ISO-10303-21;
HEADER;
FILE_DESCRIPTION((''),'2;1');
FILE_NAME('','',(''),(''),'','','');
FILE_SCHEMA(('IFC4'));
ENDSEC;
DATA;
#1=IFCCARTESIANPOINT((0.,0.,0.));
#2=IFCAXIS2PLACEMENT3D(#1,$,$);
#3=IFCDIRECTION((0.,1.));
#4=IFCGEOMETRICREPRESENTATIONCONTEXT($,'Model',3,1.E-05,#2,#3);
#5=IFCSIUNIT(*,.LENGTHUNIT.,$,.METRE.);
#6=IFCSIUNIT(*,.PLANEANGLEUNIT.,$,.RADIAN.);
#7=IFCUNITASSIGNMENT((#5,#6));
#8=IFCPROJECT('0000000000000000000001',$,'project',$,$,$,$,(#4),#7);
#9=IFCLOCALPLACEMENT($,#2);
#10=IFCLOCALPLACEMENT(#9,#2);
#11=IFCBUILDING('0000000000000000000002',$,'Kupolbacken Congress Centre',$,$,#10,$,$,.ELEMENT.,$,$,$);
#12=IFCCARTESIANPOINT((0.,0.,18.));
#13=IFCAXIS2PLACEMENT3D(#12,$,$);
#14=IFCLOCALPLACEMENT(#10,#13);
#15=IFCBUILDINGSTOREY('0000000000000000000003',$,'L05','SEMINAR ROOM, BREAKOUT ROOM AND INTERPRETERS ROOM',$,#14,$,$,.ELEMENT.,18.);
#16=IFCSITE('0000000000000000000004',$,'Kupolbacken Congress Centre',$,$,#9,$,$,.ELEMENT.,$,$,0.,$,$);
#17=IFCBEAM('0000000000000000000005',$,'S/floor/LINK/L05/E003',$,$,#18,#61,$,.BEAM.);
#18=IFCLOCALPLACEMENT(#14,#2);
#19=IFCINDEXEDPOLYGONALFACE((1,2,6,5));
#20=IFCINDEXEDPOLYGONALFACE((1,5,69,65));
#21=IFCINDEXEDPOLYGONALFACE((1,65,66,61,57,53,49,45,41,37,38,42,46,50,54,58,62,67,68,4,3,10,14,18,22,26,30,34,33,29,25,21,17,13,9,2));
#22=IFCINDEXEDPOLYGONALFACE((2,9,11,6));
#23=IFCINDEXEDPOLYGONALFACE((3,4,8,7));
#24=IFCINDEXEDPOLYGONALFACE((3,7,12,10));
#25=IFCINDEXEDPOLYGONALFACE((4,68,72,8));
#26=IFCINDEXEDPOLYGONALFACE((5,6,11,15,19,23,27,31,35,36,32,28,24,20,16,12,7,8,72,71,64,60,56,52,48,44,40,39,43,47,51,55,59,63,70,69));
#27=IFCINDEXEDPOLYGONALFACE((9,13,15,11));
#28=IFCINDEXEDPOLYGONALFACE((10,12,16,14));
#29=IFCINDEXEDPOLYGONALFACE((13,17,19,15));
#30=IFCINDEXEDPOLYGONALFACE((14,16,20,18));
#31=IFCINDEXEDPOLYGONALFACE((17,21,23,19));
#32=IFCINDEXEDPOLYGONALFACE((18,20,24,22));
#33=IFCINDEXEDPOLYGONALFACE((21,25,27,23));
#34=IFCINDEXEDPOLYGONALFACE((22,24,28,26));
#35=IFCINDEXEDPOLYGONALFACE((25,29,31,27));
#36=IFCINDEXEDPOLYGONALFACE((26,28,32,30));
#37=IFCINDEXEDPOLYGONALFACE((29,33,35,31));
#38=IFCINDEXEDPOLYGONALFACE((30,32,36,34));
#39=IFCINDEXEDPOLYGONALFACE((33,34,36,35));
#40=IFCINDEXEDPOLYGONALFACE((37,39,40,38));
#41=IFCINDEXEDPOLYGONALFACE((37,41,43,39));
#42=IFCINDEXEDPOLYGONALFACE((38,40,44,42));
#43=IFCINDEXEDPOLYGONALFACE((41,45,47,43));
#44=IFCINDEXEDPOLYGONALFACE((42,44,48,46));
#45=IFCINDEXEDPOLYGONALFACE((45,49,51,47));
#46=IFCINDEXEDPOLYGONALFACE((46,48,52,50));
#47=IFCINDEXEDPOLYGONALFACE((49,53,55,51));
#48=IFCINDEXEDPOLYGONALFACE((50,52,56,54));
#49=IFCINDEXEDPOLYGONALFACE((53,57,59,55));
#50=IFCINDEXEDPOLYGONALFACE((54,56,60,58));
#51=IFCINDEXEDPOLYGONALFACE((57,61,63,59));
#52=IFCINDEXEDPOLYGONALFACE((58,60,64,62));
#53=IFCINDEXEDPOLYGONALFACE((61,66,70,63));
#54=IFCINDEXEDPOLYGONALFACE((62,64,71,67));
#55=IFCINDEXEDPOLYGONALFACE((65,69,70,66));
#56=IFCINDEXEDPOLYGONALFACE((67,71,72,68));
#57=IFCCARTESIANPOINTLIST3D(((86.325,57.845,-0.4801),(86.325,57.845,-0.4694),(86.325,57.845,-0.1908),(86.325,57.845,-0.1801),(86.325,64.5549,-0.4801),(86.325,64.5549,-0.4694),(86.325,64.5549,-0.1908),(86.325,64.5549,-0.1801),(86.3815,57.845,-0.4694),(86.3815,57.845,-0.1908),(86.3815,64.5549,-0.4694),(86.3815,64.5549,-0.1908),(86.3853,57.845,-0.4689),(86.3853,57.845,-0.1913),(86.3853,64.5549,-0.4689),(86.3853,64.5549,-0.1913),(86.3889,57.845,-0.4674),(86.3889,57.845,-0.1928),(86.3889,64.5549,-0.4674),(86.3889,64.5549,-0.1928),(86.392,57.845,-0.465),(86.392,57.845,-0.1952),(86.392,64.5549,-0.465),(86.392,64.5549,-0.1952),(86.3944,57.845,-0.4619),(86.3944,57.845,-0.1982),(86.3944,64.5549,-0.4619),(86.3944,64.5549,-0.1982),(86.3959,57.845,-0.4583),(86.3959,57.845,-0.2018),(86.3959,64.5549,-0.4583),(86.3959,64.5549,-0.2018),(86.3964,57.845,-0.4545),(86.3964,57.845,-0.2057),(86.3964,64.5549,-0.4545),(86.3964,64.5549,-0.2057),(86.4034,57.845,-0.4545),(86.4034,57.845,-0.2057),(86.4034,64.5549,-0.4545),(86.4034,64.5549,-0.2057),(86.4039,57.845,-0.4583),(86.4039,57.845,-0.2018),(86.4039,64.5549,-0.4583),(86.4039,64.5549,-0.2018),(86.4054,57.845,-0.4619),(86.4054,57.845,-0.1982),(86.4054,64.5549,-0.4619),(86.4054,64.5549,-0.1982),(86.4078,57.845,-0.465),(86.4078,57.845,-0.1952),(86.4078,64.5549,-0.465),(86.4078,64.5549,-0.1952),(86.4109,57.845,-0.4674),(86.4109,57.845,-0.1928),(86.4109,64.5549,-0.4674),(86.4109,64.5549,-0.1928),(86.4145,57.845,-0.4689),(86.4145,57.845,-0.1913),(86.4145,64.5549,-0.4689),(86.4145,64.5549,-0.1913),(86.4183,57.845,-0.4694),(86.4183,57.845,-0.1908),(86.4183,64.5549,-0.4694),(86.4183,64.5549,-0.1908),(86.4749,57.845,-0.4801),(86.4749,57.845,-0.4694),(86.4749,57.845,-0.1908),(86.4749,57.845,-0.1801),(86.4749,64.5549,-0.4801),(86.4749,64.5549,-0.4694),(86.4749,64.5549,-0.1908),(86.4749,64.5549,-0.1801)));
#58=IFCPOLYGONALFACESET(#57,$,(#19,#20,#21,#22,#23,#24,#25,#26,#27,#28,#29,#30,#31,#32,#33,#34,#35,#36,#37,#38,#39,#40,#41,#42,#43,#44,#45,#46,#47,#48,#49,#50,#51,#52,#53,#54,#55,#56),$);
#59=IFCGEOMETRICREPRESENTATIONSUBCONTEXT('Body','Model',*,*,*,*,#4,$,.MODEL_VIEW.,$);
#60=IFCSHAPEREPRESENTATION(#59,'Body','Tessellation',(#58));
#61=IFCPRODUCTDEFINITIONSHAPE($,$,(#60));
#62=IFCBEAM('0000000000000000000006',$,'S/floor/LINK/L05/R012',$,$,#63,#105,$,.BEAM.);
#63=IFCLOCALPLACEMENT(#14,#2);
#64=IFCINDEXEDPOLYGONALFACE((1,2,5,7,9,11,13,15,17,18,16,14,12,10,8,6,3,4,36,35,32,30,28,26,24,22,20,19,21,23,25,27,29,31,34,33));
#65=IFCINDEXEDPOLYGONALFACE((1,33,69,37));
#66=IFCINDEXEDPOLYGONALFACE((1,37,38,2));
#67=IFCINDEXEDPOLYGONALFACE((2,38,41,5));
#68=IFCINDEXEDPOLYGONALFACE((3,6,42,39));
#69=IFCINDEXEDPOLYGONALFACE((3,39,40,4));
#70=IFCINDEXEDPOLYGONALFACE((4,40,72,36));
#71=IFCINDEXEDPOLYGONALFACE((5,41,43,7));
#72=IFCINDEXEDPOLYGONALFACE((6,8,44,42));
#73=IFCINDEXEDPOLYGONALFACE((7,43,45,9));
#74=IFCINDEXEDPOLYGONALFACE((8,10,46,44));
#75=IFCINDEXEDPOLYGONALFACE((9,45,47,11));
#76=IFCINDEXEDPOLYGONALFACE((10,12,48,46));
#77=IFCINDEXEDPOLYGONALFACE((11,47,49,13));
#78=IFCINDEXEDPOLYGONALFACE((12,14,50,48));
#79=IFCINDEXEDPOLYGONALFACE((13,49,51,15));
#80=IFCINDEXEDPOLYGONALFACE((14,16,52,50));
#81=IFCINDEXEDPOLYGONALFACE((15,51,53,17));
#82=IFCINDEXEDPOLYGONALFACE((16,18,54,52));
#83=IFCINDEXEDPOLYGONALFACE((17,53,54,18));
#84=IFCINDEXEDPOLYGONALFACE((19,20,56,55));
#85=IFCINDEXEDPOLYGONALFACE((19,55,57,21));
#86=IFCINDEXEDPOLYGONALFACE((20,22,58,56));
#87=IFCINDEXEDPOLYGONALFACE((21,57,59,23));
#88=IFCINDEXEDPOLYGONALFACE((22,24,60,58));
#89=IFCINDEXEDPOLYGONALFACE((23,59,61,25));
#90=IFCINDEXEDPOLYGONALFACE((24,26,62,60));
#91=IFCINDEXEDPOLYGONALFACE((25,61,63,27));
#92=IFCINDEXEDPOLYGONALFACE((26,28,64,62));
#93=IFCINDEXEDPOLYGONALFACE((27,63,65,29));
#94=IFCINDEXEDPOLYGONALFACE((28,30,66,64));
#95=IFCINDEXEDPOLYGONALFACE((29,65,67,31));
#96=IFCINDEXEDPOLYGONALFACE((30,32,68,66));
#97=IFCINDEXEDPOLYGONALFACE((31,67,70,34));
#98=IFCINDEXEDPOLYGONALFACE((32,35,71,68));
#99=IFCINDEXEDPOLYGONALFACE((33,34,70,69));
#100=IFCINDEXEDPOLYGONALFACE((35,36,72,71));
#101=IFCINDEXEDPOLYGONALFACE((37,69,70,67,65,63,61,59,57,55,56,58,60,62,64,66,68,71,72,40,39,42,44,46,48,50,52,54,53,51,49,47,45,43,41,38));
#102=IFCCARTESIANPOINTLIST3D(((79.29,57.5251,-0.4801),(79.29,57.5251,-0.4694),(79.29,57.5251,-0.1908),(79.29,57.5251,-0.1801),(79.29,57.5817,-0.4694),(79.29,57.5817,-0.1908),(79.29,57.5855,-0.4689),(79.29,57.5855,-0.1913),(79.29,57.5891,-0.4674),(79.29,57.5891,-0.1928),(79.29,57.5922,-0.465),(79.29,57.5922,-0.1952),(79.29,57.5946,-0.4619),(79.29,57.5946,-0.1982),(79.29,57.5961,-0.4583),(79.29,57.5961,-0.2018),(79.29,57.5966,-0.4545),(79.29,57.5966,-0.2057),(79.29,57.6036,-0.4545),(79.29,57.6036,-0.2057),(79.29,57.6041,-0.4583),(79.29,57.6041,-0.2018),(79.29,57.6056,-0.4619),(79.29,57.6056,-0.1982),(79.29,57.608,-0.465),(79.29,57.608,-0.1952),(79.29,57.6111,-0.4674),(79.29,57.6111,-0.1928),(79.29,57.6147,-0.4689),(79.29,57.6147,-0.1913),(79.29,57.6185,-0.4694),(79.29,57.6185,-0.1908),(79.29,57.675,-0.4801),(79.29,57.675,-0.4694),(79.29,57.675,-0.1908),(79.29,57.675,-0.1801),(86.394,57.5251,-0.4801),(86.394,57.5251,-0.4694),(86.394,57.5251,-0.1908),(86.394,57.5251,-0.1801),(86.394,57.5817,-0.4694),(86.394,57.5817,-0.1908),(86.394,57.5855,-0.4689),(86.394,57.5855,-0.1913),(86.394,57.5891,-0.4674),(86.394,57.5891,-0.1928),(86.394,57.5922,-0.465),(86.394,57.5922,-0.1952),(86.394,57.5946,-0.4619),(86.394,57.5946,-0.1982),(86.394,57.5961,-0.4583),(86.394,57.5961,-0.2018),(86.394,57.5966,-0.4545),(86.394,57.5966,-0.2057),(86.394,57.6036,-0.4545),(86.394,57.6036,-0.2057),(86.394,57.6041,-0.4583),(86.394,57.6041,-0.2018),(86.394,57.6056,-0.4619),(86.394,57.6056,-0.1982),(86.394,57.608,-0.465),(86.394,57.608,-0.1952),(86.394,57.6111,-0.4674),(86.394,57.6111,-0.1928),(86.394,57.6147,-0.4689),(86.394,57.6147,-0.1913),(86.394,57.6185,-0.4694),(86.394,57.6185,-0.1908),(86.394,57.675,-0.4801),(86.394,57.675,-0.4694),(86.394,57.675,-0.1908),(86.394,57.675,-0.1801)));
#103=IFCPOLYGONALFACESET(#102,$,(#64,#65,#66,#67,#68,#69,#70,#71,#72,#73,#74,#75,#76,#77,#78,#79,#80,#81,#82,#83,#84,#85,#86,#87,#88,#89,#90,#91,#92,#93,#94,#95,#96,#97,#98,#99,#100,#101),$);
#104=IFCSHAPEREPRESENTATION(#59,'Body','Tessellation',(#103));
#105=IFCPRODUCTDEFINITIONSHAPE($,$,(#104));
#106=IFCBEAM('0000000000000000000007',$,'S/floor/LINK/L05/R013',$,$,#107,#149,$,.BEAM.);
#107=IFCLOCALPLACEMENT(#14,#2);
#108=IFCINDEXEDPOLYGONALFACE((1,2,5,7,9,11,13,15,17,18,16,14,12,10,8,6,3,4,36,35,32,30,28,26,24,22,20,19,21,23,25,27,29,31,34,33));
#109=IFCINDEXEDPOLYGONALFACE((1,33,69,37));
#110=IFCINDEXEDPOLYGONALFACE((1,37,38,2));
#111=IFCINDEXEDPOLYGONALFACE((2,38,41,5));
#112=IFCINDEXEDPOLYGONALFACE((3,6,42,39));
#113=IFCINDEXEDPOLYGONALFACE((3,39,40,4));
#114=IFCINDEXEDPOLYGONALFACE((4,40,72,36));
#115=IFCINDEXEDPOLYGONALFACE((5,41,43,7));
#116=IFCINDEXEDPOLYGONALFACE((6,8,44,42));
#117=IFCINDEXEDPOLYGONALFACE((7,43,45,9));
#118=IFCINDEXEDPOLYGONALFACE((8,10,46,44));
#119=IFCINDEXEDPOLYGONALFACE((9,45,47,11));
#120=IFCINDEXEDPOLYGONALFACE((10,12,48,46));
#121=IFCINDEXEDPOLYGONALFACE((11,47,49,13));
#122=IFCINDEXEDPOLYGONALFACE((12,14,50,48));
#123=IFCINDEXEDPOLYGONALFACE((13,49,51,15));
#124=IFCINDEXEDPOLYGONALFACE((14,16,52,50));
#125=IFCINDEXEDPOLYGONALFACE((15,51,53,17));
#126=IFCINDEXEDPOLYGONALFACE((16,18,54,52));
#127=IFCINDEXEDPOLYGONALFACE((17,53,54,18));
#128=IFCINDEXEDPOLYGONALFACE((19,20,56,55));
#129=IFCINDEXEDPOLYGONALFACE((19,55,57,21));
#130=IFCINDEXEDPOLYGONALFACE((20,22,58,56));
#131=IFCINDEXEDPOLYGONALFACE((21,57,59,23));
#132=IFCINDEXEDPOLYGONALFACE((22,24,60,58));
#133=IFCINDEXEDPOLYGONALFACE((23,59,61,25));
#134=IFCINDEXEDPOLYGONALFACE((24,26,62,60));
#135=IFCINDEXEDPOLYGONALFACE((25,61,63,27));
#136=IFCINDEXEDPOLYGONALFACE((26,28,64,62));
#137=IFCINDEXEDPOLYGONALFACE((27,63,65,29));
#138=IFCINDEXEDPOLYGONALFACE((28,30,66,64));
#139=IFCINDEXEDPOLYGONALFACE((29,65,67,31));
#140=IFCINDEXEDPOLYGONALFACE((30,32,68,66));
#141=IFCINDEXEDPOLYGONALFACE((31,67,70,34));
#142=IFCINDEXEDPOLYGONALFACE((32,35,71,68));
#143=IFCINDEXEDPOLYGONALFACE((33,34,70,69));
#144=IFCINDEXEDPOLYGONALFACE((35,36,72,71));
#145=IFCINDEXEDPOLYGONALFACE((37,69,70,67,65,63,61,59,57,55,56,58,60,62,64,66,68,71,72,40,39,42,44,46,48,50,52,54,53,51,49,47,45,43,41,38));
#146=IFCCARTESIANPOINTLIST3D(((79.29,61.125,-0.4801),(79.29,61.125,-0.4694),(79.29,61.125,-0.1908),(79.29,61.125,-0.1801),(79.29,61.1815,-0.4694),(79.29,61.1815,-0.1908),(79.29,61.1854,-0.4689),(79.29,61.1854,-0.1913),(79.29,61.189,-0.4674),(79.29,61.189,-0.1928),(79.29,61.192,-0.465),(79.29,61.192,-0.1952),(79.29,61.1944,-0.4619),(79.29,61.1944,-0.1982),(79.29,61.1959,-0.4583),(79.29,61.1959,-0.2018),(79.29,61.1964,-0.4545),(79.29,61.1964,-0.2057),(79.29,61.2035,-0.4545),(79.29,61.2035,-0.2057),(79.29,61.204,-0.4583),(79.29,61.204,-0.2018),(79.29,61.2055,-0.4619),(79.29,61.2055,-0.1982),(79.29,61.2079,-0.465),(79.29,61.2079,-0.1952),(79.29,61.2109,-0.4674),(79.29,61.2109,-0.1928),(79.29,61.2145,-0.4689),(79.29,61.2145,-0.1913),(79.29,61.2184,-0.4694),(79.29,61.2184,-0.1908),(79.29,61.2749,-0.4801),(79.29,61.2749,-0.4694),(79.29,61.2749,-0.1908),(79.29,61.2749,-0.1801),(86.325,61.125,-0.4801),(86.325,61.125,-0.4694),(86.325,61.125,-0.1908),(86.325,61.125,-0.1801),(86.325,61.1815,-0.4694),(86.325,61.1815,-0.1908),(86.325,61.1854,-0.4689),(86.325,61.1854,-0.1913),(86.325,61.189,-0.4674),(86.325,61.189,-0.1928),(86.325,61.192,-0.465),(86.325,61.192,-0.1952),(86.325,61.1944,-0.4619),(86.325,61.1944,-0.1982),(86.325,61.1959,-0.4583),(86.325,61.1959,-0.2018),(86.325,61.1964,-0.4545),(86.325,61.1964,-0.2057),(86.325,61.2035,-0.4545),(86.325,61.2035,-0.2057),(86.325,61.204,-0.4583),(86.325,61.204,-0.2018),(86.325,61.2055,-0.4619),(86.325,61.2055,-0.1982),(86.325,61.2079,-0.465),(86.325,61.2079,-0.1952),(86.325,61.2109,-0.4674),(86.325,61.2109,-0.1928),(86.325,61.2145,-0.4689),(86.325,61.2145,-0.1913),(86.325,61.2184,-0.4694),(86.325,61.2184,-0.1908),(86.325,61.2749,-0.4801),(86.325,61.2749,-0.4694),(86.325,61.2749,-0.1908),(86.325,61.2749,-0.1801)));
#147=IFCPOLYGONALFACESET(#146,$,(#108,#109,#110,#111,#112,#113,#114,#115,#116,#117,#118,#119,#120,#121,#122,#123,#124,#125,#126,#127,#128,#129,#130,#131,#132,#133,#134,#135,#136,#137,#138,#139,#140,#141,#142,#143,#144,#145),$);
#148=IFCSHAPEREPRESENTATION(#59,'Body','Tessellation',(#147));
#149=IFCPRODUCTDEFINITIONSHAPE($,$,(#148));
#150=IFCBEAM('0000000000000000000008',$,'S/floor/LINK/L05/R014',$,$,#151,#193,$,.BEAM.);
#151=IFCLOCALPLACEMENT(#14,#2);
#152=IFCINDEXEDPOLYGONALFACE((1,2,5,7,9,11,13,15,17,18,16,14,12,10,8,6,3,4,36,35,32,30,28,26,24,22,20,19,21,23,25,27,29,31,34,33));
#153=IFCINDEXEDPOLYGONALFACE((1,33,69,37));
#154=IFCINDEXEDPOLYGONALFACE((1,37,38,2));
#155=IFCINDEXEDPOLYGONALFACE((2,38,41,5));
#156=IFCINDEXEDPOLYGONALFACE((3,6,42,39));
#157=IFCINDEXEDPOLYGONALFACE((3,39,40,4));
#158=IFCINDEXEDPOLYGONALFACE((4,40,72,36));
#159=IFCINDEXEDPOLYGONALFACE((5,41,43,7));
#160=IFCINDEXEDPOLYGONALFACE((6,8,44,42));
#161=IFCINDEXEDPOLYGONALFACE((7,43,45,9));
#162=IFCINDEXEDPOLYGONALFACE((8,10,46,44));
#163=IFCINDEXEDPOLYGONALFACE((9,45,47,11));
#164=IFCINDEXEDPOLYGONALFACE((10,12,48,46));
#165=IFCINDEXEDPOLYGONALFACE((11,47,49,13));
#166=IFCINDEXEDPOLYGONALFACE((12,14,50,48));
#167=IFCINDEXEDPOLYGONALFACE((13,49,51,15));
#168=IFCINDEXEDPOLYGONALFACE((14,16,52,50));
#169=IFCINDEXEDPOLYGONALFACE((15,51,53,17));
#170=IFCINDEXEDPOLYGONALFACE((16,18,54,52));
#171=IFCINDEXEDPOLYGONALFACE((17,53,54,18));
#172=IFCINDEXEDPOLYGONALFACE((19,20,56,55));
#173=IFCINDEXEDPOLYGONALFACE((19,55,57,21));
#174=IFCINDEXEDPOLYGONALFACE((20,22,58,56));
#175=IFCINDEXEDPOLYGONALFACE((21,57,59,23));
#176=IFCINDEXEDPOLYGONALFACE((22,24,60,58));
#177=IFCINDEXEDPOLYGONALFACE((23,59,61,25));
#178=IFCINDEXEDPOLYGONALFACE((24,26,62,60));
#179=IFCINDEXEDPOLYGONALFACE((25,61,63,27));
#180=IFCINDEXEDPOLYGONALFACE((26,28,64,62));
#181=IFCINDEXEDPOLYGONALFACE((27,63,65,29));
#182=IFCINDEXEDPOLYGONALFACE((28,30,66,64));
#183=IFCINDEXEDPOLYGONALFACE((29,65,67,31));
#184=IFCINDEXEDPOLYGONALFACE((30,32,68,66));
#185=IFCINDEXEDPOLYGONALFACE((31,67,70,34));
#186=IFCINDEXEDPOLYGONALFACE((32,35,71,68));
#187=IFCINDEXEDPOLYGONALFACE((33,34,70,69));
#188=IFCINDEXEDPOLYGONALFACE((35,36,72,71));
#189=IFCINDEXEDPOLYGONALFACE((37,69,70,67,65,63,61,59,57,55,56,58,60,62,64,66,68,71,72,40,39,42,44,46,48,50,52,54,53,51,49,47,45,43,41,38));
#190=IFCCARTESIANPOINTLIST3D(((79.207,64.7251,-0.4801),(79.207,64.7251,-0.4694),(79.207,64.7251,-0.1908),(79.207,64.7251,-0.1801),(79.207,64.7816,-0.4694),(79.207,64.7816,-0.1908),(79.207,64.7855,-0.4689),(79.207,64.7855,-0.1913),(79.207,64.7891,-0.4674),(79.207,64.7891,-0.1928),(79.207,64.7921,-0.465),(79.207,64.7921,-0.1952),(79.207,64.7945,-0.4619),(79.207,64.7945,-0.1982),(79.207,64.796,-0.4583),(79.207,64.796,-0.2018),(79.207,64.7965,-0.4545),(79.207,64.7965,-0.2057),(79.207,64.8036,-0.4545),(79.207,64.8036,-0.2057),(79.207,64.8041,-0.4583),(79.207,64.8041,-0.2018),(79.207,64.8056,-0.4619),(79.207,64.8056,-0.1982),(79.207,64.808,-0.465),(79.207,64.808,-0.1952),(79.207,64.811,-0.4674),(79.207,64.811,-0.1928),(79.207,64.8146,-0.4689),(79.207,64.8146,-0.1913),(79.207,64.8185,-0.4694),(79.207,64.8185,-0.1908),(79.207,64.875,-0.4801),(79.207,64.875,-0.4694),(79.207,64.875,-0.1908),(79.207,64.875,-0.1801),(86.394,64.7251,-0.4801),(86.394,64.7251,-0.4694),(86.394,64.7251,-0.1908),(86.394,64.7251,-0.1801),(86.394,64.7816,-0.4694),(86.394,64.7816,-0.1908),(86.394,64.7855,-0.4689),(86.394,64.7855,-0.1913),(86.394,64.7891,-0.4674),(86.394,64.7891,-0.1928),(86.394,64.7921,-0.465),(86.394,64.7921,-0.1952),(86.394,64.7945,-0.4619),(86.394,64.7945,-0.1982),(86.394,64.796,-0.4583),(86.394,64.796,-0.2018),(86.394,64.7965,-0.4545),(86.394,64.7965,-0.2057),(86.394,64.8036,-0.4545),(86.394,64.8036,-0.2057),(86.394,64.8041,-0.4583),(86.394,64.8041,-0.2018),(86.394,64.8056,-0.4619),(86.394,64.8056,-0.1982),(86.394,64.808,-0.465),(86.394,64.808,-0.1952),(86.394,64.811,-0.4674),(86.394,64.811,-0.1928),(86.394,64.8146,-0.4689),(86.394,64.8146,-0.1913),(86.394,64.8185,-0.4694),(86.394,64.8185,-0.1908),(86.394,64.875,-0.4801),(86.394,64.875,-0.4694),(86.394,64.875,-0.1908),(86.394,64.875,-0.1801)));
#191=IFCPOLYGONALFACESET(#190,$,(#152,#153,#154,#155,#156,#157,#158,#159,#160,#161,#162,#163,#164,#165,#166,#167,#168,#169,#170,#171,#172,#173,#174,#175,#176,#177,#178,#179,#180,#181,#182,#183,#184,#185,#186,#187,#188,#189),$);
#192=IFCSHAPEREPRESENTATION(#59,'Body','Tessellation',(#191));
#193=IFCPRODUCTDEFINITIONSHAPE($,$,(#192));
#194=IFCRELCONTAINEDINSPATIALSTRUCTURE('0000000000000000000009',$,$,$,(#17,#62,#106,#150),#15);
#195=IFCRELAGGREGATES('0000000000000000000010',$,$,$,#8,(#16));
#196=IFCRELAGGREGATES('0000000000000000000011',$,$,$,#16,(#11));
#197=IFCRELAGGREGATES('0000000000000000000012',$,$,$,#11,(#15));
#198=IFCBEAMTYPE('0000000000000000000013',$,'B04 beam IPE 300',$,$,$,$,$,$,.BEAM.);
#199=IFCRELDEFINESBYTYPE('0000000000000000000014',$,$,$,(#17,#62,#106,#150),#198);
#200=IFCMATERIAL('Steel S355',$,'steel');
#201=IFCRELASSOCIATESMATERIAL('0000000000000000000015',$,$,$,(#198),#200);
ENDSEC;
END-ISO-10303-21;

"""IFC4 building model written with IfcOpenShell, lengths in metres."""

from ifc_helpers import new_model, si_unit, direction, frame, origin, origin_2d, place, context, subcontext, project, spatial, i_section, extrude, material, material_profile, profile_set, type_object, element, save


model = new_model("IFC4")

# Units and contexts
model_context = context("Model", 3, precision=1e-05, world=origin(), true_north=direction((0.0, 1.0)))
body_context = subcontext(model_context, "Body", "Model", "MODEL_VIEW")
ifc_project = project(units=[si_unit("LENGTHUNIT", "METRE"), si_unit("PLANEANGLEUNIT", "RADIAN")], contexts=[model_context])

# Site, building, storey
site_placement = place(None, origin())
site = spatial("IfcSite", under=ifc_project, at=site_placement, Name="Kupolbacken Congress Centre", CompositionType="ELEMENT", RefElevation=0.0)
building_placement = place(site_placement, origin())
building = spatial("IfcBuilding", under=site, at=building_placement, Name="Kupolbacken Congress Centre", CompositionType="ELEMENT")
storey_placement = place(building_placement, frame((0.0, 0.0, 18.0)))
storey = spatial("IfcBuildingStorey", under=building, at=storey_placement, Name="L05", Description="SEMINAR ROOM, BREAKOUT ROOM AND INTERPRETERS ROOM", CompositionType="ELEMENT", Elevation=18.0)

# Beams
ifc_material_1 = material(Name="Steel S355", Category="steel")
ifc_material_profile_1 = material_profile(ifc_material_1, i_section(OverallWidth=0.1499, OverallDepth=0.3, WebThickness=0.0071, FlangeThickness=0.0107, FilletRadius=0.0149, at=origin_2d()), Name="IPE 300")
ifc_profile_set_1 = profile_set([ifc_material_profile_1], Name="Steel S355")
beam_type_1 = type_object("IfcBeamType", Name="B04 beam IPE 300", PredefinedType="BEAM", material=ifc_profile_set_1)
beam_1_placement = place(storey_placement, frame((86.3999, 57.845, -0.3301), z_axis=(0.0, 1.0, 0.0), x_axis=(-1.0, 0.0, 0.0)))
element("IfcBeam", 1, at=beam_1_placement, inside=storey, type_object=beam_type_1, Name="S/floor/LINK/L05/E003", PredefinedType="BEAM", context=body_context, shape_type="SweptSolid", body=[
    extrude(i_section(OverallWidth=0.1499, OverallDepth=0.3, WebThickness=0.0071, FlangeThickness=0.0107, FilletRadius=0.0149, at=origin_2d()), origin(), (0.0, 0.0, 1.0), 6.71),
])
beam_2_placement = place(storey_placement, frame((79.29, 57.6001, -0.3301), z_axis=(1.0, 0.0, 0.0), x_axis=(0.0, 1.0, 0.0)))
element("IfcBeam", 2, at=beam_2_placement, inside=storey, type_object=beam_type_1, Name="S/floor/LINK/L05/R012", PredefinedType="BEAM", context=body_context, shape_type="SweptSolid", body=[
    extrude(i_section(OverallWidth=0.1499, OverallDepth=0.3, WebThickness=0.0071, FlangeThickness=0.0107, FilletRadius=0.0149, at=origin_2d()), origin(), (0.0, 0.0, 1.0), 7.104),
])
beam_3_placement = place(storey_placement, frame((79.29, 61.2, -0.3301), z_axis=(1.0, 0.0, 0.0), x_axis=(0.0, 1.0, 0.0)))
element("IfcBeam", 3, at=beam_3_placement, inside=storey, type_object=beam_type_1, Name="S/floor/LINK/L05/R013", PredefinedType="BEAM", context=body_context, shape_type="SweptSolid", body=[
    extrude(i_section(OverallWidth=0.1499, OverallDepth=0.3, WebThickness=0.0071, FlangeThickness=0.0107, FilletRadius=0.0149, at=origin_2d()), origin(), (0.0, 0.0, 1.0), 7.0349),
])
beam_4_placement = place(storey_placement, frame((79.207, 64.8, -0.3301), z_axis=(1.0, 0.0, 0.0), x_axis=(0.0, 1.0, 0.0)))
element("IfcBeam", 4, at=beam_4_placement, inside=storey, type_object=beam_type_1, Name="S/floor/LINK/L05/R014", PredefinedType="BEAM", context=body_context, shape_type="SweptSolid", body=[
    extrude(i_section(OverallWidth=0.1499, OverallDepth=0.3, WebThickness=0.0071, FlangeThickness=0.0107, FilletRadius=0.0149, at=origin_2d()), origin(), (0.0, 0.0, 1.0), 7.187),
])

save(model, "model.ifc")
